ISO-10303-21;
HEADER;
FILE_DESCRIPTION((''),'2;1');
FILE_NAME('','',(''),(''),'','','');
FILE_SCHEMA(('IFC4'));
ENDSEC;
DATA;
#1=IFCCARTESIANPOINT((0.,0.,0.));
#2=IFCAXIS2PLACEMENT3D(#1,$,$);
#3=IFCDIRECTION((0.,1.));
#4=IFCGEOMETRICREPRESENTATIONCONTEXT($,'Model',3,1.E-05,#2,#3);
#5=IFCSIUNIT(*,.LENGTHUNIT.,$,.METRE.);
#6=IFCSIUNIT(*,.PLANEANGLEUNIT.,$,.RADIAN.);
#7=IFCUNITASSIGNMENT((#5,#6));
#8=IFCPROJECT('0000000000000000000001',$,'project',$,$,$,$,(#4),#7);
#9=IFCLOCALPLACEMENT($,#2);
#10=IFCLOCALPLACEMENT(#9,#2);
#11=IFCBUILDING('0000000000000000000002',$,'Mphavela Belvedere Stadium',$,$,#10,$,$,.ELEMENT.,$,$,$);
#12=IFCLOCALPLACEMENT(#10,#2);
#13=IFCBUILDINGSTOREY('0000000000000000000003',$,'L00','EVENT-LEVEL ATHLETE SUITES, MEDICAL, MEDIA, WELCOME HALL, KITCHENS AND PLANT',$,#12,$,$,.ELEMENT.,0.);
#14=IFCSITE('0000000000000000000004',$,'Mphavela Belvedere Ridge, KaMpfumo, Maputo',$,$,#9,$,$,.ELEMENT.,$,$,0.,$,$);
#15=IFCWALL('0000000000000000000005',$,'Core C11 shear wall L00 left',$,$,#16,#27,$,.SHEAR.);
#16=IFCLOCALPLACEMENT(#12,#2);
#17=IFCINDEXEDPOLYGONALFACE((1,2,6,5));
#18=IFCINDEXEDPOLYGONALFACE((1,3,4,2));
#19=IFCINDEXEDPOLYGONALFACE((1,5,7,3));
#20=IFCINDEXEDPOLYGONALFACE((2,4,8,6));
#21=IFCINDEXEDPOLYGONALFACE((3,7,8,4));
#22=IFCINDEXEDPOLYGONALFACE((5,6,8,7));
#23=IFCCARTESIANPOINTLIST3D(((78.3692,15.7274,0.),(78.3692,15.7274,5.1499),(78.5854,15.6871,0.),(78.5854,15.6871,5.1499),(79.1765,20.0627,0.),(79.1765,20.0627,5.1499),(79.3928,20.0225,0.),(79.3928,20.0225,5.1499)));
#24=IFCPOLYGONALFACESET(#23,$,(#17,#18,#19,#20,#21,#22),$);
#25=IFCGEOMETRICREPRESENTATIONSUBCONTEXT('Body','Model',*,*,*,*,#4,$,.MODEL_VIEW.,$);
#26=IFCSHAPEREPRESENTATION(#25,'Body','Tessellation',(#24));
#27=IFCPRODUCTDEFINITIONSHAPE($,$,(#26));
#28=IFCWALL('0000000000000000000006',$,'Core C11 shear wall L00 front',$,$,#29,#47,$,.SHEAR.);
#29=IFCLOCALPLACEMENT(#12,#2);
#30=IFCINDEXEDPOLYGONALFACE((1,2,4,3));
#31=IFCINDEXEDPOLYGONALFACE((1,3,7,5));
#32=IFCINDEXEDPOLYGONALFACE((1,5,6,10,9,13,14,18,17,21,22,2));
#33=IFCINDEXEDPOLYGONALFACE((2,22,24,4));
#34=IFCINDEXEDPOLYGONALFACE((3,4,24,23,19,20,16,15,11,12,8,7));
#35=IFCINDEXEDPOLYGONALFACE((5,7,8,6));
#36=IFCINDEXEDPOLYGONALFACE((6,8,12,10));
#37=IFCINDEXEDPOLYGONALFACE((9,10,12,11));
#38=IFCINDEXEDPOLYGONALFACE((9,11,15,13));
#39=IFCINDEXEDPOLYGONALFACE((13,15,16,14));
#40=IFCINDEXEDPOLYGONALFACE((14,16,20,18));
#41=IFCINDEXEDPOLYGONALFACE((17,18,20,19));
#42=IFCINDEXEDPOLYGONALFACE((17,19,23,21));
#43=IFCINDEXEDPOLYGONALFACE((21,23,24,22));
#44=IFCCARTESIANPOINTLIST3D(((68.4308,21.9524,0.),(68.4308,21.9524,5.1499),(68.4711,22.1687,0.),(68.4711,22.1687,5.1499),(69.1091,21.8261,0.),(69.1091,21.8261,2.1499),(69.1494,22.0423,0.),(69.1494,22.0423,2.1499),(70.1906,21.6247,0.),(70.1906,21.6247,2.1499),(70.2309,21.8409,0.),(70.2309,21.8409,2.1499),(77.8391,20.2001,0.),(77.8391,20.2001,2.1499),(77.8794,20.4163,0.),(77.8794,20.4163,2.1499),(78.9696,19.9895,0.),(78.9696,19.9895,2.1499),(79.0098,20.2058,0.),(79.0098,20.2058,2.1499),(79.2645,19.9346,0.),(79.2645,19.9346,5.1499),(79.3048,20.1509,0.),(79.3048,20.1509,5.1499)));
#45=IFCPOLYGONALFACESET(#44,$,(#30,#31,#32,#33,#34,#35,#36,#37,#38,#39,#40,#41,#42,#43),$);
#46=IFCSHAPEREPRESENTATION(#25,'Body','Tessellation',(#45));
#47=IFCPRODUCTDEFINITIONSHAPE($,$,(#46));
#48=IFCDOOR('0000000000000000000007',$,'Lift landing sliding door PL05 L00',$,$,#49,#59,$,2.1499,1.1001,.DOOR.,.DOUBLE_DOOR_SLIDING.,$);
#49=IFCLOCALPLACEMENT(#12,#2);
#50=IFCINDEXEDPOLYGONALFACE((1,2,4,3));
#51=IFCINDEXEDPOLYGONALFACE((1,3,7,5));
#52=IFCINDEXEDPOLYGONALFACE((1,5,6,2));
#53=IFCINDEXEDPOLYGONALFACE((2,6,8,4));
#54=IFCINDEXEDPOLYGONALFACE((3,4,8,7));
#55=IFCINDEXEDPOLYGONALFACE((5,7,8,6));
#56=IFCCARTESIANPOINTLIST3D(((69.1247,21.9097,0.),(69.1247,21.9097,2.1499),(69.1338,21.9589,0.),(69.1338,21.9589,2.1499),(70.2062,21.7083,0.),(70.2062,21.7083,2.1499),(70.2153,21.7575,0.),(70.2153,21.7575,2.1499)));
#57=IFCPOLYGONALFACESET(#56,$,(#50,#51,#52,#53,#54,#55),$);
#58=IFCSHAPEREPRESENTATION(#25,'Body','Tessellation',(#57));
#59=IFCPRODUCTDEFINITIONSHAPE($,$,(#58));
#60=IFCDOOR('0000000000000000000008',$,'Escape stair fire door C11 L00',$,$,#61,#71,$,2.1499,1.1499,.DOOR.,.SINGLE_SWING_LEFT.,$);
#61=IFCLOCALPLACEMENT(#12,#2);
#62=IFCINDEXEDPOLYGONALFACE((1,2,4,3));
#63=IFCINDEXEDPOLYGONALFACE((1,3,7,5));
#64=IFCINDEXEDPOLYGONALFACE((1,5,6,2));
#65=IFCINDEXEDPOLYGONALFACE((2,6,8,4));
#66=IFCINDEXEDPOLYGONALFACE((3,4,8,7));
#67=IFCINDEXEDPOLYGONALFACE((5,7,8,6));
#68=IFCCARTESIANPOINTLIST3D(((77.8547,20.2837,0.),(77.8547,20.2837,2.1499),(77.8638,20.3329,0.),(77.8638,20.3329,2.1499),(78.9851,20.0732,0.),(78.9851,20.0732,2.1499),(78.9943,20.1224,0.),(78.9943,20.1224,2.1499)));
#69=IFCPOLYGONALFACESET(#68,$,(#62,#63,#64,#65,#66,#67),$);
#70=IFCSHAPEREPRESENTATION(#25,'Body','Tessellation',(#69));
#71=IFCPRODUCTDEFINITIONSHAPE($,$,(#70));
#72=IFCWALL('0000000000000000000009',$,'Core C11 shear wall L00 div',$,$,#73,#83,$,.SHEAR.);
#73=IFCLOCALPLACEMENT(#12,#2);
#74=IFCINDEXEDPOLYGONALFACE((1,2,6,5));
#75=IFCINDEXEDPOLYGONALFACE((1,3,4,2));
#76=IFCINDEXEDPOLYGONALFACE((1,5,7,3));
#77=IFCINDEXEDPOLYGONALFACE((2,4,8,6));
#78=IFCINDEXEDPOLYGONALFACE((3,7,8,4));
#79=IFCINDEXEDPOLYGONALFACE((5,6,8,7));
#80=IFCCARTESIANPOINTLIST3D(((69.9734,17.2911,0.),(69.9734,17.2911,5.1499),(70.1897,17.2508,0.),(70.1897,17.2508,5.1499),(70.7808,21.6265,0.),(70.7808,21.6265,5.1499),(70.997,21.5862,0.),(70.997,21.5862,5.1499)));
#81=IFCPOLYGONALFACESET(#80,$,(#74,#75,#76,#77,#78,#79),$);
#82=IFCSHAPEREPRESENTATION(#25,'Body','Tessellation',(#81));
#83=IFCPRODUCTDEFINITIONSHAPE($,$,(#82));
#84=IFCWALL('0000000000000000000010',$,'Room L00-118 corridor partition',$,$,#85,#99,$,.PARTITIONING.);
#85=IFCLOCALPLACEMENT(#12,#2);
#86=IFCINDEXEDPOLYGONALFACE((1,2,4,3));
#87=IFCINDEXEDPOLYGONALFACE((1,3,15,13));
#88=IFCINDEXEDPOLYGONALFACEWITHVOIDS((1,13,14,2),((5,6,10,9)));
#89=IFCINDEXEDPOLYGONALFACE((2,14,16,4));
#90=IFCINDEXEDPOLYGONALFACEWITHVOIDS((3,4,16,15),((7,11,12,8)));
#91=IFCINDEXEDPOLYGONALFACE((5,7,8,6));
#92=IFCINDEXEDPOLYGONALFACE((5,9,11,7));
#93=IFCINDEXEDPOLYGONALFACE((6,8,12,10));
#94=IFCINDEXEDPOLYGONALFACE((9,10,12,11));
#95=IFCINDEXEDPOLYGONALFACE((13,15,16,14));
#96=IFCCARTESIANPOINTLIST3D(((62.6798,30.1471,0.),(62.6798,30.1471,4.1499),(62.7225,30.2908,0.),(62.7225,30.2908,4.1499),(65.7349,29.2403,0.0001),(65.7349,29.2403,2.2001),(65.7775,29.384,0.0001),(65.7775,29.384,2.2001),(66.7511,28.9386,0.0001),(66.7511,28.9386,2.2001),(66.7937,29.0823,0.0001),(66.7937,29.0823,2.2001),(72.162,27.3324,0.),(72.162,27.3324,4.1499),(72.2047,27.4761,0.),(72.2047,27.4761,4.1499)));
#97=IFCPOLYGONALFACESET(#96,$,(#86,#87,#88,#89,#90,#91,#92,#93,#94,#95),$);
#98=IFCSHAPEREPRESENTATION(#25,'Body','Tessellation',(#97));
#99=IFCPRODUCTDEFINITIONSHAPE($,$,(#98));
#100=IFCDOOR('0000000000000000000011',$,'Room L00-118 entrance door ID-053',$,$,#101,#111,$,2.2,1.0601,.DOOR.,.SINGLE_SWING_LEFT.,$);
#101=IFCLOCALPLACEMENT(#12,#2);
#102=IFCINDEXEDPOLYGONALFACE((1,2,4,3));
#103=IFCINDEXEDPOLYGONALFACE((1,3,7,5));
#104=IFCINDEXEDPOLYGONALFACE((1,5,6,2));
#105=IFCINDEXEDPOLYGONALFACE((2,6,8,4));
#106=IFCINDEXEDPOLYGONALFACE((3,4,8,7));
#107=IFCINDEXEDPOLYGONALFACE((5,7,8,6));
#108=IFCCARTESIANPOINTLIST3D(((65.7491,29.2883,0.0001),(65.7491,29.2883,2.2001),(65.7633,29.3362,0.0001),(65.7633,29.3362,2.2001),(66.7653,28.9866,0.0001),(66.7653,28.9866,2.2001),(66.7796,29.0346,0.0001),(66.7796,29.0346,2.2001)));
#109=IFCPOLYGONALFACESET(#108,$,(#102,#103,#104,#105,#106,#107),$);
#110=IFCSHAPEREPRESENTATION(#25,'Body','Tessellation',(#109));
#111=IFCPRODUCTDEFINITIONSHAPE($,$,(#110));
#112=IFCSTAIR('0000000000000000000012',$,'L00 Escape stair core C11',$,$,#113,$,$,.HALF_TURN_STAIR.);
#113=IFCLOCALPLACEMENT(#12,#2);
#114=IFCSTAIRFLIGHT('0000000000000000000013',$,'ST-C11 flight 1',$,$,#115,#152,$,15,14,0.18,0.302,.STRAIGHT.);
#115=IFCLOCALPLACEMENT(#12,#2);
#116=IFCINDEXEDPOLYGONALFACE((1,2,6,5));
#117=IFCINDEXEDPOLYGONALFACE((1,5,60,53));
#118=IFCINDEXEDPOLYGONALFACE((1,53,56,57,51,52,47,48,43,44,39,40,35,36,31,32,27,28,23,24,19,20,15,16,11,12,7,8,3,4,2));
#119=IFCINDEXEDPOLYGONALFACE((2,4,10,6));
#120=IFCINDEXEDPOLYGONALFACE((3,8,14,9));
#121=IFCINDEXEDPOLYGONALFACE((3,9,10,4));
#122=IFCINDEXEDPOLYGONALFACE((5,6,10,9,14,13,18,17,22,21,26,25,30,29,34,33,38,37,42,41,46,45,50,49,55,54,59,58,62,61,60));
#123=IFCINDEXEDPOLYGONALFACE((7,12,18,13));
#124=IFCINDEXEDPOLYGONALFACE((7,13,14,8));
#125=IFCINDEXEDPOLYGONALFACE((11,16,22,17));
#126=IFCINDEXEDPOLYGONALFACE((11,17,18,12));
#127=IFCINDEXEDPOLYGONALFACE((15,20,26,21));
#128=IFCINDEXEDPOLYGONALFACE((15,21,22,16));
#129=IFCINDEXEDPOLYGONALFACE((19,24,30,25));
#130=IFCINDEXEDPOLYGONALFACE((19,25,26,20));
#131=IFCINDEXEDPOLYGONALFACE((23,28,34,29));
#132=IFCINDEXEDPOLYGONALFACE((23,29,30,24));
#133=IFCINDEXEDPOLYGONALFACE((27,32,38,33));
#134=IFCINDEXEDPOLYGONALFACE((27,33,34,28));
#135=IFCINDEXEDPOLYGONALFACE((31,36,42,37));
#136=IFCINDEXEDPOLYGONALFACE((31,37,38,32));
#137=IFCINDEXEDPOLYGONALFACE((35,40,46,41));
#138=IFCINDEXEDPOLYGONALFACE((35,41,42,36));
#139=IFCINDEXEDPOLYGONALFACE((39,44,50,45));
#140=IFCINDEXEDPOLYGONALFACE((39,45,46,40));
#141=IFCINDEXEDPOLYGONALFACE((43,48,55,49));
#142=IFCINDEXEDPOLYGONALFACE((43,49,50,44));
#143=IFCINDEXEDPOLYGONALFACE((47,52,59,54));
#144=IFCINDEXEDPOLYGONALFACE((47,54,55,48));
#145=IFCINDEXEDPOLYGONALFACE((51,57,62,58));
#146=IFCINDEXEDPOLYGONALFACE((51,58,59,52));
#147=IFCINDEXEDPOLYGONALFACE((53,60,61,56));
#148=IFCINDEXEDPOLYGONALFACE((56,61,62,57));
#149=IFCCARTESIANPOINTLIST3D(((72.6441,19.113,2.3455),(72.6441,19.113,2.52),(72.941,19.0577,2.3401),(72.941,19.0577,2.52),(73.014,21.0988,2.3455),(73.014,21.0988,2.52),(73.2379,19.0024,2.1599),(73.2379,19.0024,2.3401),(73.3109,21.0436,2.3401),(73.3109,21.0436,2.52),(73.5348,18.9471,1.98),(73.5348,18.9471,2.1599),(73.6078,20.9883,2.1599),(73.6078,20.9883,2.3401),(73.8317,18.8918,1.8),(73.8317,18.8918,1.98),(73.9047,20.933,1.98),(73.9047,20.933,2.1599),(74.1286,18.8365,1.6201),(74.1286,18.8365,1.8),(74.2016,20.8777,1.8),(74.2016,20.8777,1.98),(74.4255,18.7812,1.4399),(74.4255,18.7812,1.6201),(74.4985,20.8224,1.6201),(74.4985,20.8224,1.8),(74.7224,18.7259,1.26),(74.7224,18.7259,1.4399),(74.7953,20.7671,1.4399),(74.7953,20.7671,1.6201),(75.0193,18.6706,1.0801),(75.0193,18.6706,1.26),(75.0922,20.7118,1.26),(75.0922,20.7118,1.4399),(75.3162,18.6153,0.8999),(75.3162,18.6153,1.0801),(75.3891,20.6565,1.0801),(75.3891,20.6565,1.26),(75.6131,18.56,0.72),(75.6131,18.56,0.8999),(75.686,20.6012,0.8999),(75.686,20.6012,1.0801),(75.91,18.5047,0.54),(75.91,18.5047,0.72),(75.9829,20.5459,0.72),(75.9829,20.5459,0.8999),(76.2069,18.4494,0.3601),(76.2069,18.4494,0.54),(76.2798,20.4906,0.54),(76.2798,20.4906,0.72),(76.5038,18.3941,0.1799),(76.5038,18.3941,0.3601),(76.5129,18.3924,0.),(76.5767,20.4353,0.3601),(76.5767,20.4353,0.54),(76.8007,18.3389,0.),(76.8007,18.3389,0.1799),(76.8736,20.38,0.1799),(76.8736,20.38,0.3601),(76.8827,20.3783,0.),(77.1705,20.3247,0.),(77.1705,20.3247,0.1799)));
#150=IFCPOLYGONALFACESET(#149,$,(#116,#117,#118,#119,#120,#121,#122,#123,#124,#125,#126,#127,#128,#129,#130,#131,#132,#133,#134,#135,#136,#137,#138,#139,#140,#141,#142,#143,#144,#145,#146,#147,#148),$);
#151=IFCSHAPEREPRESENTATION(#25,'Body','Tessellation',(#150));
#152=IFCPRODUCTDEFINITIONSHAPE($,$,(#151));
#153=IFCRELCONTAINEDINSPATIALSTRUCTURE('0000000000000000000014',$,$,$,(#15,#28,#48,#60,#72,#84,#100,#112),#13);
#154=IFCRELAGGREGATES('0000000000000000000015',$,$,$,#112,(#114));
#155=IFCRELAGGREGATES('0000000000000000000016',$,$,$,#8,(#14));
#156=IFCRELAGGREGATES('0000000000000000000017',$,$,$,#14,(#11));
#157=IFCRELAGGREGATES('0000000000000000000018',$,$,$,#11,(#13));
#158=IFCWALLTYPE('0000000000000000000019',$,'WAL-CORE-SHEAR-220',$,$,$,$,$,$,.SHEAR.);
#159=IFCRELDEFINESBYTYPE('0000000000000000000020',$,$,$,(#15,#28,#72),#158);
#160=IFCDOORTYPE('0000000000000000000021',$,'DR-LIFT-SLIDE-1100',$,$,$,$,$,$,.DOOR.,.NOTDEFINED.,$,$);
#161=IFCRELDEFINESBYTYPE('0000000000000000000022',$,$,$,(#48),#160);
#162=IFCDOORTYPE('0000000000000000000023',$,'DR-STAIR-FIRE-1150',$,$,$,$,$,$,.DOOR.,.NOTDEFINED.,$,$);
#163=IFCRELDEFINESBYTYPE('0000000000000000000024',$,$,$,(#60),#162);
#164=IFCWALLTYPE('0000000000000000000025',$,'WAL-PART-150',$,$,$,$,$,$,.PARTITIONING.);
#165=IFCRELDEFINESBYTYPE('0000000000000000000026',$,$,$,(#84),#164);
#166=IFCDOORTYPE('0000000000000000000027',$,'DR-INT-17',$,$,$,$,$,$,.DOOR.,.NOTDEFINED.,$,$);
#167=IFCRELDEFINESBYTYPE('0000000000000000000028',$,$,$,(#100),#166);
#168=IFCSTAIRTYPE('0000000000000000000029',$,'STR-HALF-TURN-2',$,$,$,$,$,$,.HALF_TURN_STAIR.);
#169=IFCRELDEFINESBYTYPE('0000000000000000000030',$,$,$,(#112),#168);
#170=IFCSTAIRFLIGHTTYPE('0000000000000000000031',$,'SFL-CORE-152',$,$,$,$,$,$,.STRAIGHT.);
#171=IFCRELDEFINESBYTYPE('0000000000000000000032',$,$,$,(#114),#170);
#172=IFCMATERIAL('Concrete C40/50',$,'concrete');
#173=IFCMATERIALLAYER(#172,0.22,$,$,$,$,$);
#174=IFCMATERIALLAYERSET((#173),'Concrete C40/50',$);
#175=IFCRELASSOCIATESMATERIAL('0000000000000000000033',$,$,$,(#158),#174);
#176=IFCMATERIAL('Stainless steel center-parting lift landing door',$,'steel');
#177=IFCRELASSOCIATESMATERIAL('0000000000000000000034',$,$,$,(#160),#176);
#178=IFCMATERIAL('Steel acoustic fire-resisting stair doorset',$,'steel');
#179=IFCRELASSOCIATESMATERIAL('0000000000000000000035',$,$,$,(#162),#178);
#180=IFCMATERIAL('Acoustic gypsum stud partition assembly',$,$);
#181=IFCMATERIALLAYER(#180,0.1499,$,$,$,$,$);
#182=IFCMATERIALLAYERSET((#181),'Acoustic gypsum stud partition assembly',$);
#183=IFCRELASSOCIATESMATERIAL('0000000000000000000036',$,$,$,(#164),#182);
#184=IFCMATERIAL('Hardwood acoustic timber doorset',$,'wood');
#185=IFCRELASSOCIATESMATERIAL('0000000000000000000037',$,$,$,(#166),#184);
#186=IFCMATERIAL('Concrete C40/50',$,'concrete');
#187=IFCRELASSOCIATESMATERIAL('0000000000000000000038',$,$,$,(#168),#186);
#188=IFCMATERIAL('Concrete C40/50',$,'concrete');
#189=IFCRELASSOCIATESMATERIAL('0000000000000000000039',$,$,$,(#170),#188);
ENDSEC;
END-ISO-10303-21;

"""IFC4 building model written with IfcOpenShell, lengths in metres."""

from ifc_helpers import new_model, si_unit, direction, frame, frame_2d, origin, place, context, subcontext, project, spatial, polyline, rectangle, outline, extrude, material, layer, layer_set, type_object, element, fill, aggregate, save


model = new_model("IFC4")

# Units and contexts
model_context = context("Model", 3, precision=1e-05, world=origin(), true_north=direction((0.0, 1.0)))
body_context = subcontext(model_context, "Body", "Model", "MODEL_VIEW")
ifc_project = project(units=[si_unit("LENGTHUNIT", "METRE"), si_unit("PLANEANGLEUNIT", "RADIAN")], contexts=[model_context])

# Site, building, storey
site_placement = place(None, origin())
site = spatial("IfcSite", under=ifc_project, at=site_placement, Name="Mphavela Belvedere Ridge, KaMpfumo, Maputo", CompositionType="ELEMENT", RefElevation=0.0)
building_placement = place(site_placement, origin())
building = spatial("IfcBuilding", under=site, at=building_placement, Name="Mphavela Belvedere Stadium", CompositionType="ELEMENT")
storey_placement = place(building_placement, origin())
storey = spatial("IfcBuildingStorey", under=building, at=storey_placement, Name="L00", Description="EVENT-LEVEL ATHLETE SUITES, MEDICAL, MEDIA, WELCOME HALL, KITCHENS AND PLANT", CompositionType="ELEMENT", Elevation=0.0)

# Wall
ifc_material_1 = material(Name="Concrete C40/50", Category="concrete")
ifc_layer_1 = layer(ifc_material_1, 0.22)
ifc_layer_set_1 = layer_set([ifc_layer_1], Name="Concrete C40/50")
wall_type_1 = type_object("IfcWallType", Name="WAL-CORE-SHEAR-220", PredefinedType="SHEAR", material=ifc_layer_set_1)
wall_1_placement = place(storey_placement, frame((79.2847, 20.0427, 0.0), z_axis=(0.0, 0.0, 1.0), x_axis=(-0.183078, -0.983098, 0.0)))
element("IfcWall", 1, at=wall_1_placement, inside=storey, type_object=wall_type_1, Name="Core C11 shear wall L00 left", PredefinedType="SHEAR", context=body_context, shape_type="SweptSolid", body=[
    extrude(rectangle(XDim=4.4099, YDim=0.22, at=frame_2d((2.2051, 0.0))), origin(), (0.0, 0.0, 1.0), 5.1499),
])

# Wall, openings, doors
wall_2_placement = place(storey_placement, frame((79.2847, 20.0427, 0.0), z_axis=(0.0, 0.0, 1.0), x_axis=(-0.983093, 0.183105, 0.0)))
wall_2 = element("IfcWall", 2, at=wall_2_placement, inside=storey, type_object=wall_type_1, Name="Core C11 shear wall L00 front", PredefinedType="SHEAR", context=body_context, shape_type="SweptSolid", body=[
    extrude(rectangle(XDim=11.02, YDim=0.22, at=frame_2d((5.51, 0.0))), origin(), (0.0, 0.0, 1.0), 5.1499),
])
opening_1_placement = place(wall_2_placement, frame((0.3, 0.0, 0.0)))
opening_1 = element("IfcOpeningElement", 3, at=opening_1_placement, cuts=wall_2, PredefinedType="OPENING", context=body_context, shape_type="SweptSolid", body=[
    extrude(rectangle(XDim=1.1499, YDim=2.1499, at=frame_2d((0.575, 1.075))), frame((0.0, 0.1201, 0.0), z_axis=(0.0, -1.0, 0.0), x_axis=(1.0, 0.0, 0.0)), (0.0, 0.0, 1.0), 0.24),
])
opening_2_placement = place(wall_2_placement, frame((9.23, 0.0, 0.0)))
opening_2 = element("IfcOpeningElement", 4, at=opening_2_placement, cuts=wall_2, PredefinedType="OPENING", context=body_context, shape_type="SweptSolid", body=[
    extrude(rectangle(XDim=1.1001, YDim=2.1499, at=frame_2d((0.55, 1.075))), frame((0.0, 0.1201, 0.0), z_axis=(0.0, -1.0, 0.0), x_axis=(1.0, 0.0, 0.0)), (0.0, 0.0, 1.0), 0.24),
])
ifc_material_2 = material(Name="Stainless steel center-parting lift landing door", Category="steel")
door_type_1 = type_object("IfcDoorType", Name="DR-LIFT-SLIDE-1100", OperationType="NOTDEFINED", PredefinedType="DOOR", material=ifc_material_2)
door_1_placement = place(opening_2_placement, origin())
door_1 = element("IfcDoor", 5, at=door_1_placement, inside=storey, type_object=door_type_1, Name="Lift landing sliding door PL05 L00", OperationType="DOUBLE_DOOR_SLIDING", OverallHeight=2.1499, OverallWidth=1.1001, PredefinedType="DOOR", context=body_context, shape_type="SweptSolid", body=[
    extrude(rectangle(XDim=1.1001, YDim=2.1499, at=frame_2d((0.55, 1.075))), frame((0.0, 0.0249, 0.0), z_axis=(0.0, -1.0, 0.0), x_axis=(1.0, 0.0, 0.0)), (0.0, 0.0, 1.0), 0.05),
])
fill(opening_2, door_1)
ifc_material_3 = material(Name="Steel acoustic fire-resisting stair doorset", Category="steel")
door_type_2 = type_object("IfcDoorType", Name="DR-STAIR-FIRE-1150", OperationType="NOTDEFINED", PredefinedType="DOOR", material=ifc_material_3)
door_2_placement = place(opening_1_placement, origin())
door_2 = element("IfcDoor", 6, at=door_2_placement, inside=storey, type_object=door_type_2, Name="Escape stair fire door C11 L00", OperationType="SINGLE_SWING_LEFT", OverallHeight=2.1499, OverallWidth=1.1499, PredefinedType="DOOR", context=body_context, shape_type="SweptSolid", body=[
    extrude(rectangle(XDim=1.1499, YDim=2.1499, at=frame_2d((0.575, 1.075))), frame((0.0, 0.0249, 0.0), z_axis=(0.0, -1.0, 0.0), x_axis=(1.0, 0.0, 0.0)), (0.0, 0.0, 1.0), 0.05),
])
fill(opening_1, door_2)

# Wall
wall_3_placement = place(storey_placement, frame((70.8889, 21.6064, 0.0), z_axis=(0.0, 0.0, 1.0), x_axis=(-0.183078, -0.983098, 0.0)))
element("IfcWall", 7, at=wall_3_placement, inside=storey, type_object=wall_type_1, Name="Core C11 shear wall L00 div", PredefinedType="SHEAR", context=body_context, shape_type="SweptSolid", body=[
    extrude(rectangle(XDim=4.4099, YDim=0.22, at=frame_2d((2.2051, 0.0))), origin(), (0.0, 0.0, 1.0), 5.1499),
])

# Wall, opening, door
ifc_material_4 = material(Name="Acoustic gypsum stud partition assembly")
ifc_layer_2 = layer(ifc_material_4, 0.1499)
ifc_layer_set_2 = layer_set([ifc_layer_2], Name="Acoustic gypsum stud partition assembly")
wall_type_2 = type_object("IfcWallType", Name="WAL-PART-150", PredefinedType="PARTITIONING", material=ifc_layer_set_2)
wall_4_placement = place(storey_placement, frame((72.1833, 27.4043, 0.0), z_axis=(0.0, 0.0, 1.0), x_axis=(-0.958656, 0.284568, 0.0)))
wall_4 = element("IfcWall", 8, at=wall_4_placement, inside=storey, type_object=wall_type_2, Name="Room L00-118 corridor partition", PredefinedType="PARTITIONING", context=body_context, shape_type="SweptSolid", body=[
    extrude(rectangle(XDim=9.8911, YDim=0.1499, at=frame_2d((4.9456, 0.0))), origin(), (0.0, 0.0, 1.0), 4.1499),
])
opening_3_placement = place(wall_4_placement, frame((5.6443, 0.0, 0.0)))
opening_3 = element("IfcOpeningElement", 9, at=opening_3_placement, cuts=wall_4, PredefinedType="OPENING", context=body_context, shape_type="SweptSolid", body=[
    extrude(rectangle(XDim=1.0601, YDim=2.2, at=frame_2d((0.53, 1.1001))), frame((0.0, 0.085, 0.0), z_axis=(0.0, -1.0, 0.0), x_axis=(1.0, 0.0, 0.0)), (0.0, 0.0, 1.0), 0.1699),
])
ifc_material_5 = material(Name="Hardwood acoustic timber doorset", Category="wood")
door_type_3 = type_object("IfcDoorType", Name="DR-INT-17", OperationType="NOTDEFINED", PredefinedType="DOOR", material=ifc_material_5)
door_3_placement = place(opening_3_placement, origin())
door_3 = element("IfcDoor", 10, at=door_3_placement, inside=storey, type_object=door_type_3, Name="Room L00-118 entrance door ID-053", OperationType="SINGLE_SWING_LEFT", OverallHeight=2.2, OverallWidth=1.0601, PredefinedType="DOOR", context=body_context, shape_type="SweptSolid", body=[
    extrude(rectangle(XDim=1.0601, YDim=2.2, at=frame_2d((0.53, 1.1001))), frame((0.0, 0.0249, 0.0), z_axis=(0.0, -1.0, 0.0), x_axis=(1.0, 0.0, 0.0)), (0.0, 0.0, 1.0), 0.05),
])
fill(opening_3, door_3)

# Stair, stair flight
ifc_material_6 = material(Name="Concrete C40/50", Category="concrete")
stair_type = type_object("IfcStairType", Name="STR-HALF-TURN-2", PredefinedType="HALF_TURN_STAIR", material=ifc_material_6)
stair_placement = place(storey_placement, origin())
stair = element("IfcStair", 11, at=stair_placement, inside=storey, type_object=stair_type, Name="L00 Escape stair core C11", PredefinedType="HALF_TURN_STAIR")
ifc_material_7 = material(Name="Concrete C40/50", Category="concrete")
stair_flight_type = type_object("IfcStairFlightType", Name="SFL-CORE-152", PredefinedType="STRAIGHT", material=ifc_material_7)
stair_flight_1_placement = place(storey_placement, frame((76.9856, 19.3318, 0.0), z_axis=(0.0, 0.0, 1.0), x_axis=(-0.983096, 0.183094, 0.0)))
stair_flight_1 = element("IfcStairFlight", 12, at=stair_flight_1_placement, type_object=stair_flight_type, Name="ST-C11 flight 1", NumberOfRisers=15, NumberOfTreads=14, PredefinedType="STRAIGHT", RiserHeight=0.18, TreadLength=0.302, context=body_context, shape_type="SweptSolid", body=[
    extrude(outline(polyline([(0.0, 0.0), (0.0, 0.1799), (0.302, 0.1799), (0.302, 0.3601), (0.604, 0.3601), (0.604, 0.54), (0.906, 0.54), (0.906, 0.72), (1.208, 0.72), (1.208, 0.8999), (1.51, 0.8999), (1.51, 1.0801), (1.812, 1.0801), (1.812, 1.26), (2.114, 1.26), (2.114, 1.4399), (2.416, 1.4399), (2.416, 1.6201), (2.718, 1.6201), (2.718, 1.8), (3.02, 1.8), (3.02, 1.98), (3.322, 1.98), (3.322, 2.1599), (3.624, 2.1599), (3.624, 2.3401), (3.926, 2.3401), (3.926, 2.52), (4.228, 2.52), (4.228, 2.7), (4.228, 2.3455), (0.2927, 0.0), (0.0, 0.0)])), frame((0.0, 1.01, 0.0), z_axis=(0.0, -1.0, 0.0), x_axis=(1.0, 0.0, 0.0)), (0.0, 0.0, 1.0), 2.02),
])
aggregate(stair, [stair_flight_1])

save(model, "model.ifc")
